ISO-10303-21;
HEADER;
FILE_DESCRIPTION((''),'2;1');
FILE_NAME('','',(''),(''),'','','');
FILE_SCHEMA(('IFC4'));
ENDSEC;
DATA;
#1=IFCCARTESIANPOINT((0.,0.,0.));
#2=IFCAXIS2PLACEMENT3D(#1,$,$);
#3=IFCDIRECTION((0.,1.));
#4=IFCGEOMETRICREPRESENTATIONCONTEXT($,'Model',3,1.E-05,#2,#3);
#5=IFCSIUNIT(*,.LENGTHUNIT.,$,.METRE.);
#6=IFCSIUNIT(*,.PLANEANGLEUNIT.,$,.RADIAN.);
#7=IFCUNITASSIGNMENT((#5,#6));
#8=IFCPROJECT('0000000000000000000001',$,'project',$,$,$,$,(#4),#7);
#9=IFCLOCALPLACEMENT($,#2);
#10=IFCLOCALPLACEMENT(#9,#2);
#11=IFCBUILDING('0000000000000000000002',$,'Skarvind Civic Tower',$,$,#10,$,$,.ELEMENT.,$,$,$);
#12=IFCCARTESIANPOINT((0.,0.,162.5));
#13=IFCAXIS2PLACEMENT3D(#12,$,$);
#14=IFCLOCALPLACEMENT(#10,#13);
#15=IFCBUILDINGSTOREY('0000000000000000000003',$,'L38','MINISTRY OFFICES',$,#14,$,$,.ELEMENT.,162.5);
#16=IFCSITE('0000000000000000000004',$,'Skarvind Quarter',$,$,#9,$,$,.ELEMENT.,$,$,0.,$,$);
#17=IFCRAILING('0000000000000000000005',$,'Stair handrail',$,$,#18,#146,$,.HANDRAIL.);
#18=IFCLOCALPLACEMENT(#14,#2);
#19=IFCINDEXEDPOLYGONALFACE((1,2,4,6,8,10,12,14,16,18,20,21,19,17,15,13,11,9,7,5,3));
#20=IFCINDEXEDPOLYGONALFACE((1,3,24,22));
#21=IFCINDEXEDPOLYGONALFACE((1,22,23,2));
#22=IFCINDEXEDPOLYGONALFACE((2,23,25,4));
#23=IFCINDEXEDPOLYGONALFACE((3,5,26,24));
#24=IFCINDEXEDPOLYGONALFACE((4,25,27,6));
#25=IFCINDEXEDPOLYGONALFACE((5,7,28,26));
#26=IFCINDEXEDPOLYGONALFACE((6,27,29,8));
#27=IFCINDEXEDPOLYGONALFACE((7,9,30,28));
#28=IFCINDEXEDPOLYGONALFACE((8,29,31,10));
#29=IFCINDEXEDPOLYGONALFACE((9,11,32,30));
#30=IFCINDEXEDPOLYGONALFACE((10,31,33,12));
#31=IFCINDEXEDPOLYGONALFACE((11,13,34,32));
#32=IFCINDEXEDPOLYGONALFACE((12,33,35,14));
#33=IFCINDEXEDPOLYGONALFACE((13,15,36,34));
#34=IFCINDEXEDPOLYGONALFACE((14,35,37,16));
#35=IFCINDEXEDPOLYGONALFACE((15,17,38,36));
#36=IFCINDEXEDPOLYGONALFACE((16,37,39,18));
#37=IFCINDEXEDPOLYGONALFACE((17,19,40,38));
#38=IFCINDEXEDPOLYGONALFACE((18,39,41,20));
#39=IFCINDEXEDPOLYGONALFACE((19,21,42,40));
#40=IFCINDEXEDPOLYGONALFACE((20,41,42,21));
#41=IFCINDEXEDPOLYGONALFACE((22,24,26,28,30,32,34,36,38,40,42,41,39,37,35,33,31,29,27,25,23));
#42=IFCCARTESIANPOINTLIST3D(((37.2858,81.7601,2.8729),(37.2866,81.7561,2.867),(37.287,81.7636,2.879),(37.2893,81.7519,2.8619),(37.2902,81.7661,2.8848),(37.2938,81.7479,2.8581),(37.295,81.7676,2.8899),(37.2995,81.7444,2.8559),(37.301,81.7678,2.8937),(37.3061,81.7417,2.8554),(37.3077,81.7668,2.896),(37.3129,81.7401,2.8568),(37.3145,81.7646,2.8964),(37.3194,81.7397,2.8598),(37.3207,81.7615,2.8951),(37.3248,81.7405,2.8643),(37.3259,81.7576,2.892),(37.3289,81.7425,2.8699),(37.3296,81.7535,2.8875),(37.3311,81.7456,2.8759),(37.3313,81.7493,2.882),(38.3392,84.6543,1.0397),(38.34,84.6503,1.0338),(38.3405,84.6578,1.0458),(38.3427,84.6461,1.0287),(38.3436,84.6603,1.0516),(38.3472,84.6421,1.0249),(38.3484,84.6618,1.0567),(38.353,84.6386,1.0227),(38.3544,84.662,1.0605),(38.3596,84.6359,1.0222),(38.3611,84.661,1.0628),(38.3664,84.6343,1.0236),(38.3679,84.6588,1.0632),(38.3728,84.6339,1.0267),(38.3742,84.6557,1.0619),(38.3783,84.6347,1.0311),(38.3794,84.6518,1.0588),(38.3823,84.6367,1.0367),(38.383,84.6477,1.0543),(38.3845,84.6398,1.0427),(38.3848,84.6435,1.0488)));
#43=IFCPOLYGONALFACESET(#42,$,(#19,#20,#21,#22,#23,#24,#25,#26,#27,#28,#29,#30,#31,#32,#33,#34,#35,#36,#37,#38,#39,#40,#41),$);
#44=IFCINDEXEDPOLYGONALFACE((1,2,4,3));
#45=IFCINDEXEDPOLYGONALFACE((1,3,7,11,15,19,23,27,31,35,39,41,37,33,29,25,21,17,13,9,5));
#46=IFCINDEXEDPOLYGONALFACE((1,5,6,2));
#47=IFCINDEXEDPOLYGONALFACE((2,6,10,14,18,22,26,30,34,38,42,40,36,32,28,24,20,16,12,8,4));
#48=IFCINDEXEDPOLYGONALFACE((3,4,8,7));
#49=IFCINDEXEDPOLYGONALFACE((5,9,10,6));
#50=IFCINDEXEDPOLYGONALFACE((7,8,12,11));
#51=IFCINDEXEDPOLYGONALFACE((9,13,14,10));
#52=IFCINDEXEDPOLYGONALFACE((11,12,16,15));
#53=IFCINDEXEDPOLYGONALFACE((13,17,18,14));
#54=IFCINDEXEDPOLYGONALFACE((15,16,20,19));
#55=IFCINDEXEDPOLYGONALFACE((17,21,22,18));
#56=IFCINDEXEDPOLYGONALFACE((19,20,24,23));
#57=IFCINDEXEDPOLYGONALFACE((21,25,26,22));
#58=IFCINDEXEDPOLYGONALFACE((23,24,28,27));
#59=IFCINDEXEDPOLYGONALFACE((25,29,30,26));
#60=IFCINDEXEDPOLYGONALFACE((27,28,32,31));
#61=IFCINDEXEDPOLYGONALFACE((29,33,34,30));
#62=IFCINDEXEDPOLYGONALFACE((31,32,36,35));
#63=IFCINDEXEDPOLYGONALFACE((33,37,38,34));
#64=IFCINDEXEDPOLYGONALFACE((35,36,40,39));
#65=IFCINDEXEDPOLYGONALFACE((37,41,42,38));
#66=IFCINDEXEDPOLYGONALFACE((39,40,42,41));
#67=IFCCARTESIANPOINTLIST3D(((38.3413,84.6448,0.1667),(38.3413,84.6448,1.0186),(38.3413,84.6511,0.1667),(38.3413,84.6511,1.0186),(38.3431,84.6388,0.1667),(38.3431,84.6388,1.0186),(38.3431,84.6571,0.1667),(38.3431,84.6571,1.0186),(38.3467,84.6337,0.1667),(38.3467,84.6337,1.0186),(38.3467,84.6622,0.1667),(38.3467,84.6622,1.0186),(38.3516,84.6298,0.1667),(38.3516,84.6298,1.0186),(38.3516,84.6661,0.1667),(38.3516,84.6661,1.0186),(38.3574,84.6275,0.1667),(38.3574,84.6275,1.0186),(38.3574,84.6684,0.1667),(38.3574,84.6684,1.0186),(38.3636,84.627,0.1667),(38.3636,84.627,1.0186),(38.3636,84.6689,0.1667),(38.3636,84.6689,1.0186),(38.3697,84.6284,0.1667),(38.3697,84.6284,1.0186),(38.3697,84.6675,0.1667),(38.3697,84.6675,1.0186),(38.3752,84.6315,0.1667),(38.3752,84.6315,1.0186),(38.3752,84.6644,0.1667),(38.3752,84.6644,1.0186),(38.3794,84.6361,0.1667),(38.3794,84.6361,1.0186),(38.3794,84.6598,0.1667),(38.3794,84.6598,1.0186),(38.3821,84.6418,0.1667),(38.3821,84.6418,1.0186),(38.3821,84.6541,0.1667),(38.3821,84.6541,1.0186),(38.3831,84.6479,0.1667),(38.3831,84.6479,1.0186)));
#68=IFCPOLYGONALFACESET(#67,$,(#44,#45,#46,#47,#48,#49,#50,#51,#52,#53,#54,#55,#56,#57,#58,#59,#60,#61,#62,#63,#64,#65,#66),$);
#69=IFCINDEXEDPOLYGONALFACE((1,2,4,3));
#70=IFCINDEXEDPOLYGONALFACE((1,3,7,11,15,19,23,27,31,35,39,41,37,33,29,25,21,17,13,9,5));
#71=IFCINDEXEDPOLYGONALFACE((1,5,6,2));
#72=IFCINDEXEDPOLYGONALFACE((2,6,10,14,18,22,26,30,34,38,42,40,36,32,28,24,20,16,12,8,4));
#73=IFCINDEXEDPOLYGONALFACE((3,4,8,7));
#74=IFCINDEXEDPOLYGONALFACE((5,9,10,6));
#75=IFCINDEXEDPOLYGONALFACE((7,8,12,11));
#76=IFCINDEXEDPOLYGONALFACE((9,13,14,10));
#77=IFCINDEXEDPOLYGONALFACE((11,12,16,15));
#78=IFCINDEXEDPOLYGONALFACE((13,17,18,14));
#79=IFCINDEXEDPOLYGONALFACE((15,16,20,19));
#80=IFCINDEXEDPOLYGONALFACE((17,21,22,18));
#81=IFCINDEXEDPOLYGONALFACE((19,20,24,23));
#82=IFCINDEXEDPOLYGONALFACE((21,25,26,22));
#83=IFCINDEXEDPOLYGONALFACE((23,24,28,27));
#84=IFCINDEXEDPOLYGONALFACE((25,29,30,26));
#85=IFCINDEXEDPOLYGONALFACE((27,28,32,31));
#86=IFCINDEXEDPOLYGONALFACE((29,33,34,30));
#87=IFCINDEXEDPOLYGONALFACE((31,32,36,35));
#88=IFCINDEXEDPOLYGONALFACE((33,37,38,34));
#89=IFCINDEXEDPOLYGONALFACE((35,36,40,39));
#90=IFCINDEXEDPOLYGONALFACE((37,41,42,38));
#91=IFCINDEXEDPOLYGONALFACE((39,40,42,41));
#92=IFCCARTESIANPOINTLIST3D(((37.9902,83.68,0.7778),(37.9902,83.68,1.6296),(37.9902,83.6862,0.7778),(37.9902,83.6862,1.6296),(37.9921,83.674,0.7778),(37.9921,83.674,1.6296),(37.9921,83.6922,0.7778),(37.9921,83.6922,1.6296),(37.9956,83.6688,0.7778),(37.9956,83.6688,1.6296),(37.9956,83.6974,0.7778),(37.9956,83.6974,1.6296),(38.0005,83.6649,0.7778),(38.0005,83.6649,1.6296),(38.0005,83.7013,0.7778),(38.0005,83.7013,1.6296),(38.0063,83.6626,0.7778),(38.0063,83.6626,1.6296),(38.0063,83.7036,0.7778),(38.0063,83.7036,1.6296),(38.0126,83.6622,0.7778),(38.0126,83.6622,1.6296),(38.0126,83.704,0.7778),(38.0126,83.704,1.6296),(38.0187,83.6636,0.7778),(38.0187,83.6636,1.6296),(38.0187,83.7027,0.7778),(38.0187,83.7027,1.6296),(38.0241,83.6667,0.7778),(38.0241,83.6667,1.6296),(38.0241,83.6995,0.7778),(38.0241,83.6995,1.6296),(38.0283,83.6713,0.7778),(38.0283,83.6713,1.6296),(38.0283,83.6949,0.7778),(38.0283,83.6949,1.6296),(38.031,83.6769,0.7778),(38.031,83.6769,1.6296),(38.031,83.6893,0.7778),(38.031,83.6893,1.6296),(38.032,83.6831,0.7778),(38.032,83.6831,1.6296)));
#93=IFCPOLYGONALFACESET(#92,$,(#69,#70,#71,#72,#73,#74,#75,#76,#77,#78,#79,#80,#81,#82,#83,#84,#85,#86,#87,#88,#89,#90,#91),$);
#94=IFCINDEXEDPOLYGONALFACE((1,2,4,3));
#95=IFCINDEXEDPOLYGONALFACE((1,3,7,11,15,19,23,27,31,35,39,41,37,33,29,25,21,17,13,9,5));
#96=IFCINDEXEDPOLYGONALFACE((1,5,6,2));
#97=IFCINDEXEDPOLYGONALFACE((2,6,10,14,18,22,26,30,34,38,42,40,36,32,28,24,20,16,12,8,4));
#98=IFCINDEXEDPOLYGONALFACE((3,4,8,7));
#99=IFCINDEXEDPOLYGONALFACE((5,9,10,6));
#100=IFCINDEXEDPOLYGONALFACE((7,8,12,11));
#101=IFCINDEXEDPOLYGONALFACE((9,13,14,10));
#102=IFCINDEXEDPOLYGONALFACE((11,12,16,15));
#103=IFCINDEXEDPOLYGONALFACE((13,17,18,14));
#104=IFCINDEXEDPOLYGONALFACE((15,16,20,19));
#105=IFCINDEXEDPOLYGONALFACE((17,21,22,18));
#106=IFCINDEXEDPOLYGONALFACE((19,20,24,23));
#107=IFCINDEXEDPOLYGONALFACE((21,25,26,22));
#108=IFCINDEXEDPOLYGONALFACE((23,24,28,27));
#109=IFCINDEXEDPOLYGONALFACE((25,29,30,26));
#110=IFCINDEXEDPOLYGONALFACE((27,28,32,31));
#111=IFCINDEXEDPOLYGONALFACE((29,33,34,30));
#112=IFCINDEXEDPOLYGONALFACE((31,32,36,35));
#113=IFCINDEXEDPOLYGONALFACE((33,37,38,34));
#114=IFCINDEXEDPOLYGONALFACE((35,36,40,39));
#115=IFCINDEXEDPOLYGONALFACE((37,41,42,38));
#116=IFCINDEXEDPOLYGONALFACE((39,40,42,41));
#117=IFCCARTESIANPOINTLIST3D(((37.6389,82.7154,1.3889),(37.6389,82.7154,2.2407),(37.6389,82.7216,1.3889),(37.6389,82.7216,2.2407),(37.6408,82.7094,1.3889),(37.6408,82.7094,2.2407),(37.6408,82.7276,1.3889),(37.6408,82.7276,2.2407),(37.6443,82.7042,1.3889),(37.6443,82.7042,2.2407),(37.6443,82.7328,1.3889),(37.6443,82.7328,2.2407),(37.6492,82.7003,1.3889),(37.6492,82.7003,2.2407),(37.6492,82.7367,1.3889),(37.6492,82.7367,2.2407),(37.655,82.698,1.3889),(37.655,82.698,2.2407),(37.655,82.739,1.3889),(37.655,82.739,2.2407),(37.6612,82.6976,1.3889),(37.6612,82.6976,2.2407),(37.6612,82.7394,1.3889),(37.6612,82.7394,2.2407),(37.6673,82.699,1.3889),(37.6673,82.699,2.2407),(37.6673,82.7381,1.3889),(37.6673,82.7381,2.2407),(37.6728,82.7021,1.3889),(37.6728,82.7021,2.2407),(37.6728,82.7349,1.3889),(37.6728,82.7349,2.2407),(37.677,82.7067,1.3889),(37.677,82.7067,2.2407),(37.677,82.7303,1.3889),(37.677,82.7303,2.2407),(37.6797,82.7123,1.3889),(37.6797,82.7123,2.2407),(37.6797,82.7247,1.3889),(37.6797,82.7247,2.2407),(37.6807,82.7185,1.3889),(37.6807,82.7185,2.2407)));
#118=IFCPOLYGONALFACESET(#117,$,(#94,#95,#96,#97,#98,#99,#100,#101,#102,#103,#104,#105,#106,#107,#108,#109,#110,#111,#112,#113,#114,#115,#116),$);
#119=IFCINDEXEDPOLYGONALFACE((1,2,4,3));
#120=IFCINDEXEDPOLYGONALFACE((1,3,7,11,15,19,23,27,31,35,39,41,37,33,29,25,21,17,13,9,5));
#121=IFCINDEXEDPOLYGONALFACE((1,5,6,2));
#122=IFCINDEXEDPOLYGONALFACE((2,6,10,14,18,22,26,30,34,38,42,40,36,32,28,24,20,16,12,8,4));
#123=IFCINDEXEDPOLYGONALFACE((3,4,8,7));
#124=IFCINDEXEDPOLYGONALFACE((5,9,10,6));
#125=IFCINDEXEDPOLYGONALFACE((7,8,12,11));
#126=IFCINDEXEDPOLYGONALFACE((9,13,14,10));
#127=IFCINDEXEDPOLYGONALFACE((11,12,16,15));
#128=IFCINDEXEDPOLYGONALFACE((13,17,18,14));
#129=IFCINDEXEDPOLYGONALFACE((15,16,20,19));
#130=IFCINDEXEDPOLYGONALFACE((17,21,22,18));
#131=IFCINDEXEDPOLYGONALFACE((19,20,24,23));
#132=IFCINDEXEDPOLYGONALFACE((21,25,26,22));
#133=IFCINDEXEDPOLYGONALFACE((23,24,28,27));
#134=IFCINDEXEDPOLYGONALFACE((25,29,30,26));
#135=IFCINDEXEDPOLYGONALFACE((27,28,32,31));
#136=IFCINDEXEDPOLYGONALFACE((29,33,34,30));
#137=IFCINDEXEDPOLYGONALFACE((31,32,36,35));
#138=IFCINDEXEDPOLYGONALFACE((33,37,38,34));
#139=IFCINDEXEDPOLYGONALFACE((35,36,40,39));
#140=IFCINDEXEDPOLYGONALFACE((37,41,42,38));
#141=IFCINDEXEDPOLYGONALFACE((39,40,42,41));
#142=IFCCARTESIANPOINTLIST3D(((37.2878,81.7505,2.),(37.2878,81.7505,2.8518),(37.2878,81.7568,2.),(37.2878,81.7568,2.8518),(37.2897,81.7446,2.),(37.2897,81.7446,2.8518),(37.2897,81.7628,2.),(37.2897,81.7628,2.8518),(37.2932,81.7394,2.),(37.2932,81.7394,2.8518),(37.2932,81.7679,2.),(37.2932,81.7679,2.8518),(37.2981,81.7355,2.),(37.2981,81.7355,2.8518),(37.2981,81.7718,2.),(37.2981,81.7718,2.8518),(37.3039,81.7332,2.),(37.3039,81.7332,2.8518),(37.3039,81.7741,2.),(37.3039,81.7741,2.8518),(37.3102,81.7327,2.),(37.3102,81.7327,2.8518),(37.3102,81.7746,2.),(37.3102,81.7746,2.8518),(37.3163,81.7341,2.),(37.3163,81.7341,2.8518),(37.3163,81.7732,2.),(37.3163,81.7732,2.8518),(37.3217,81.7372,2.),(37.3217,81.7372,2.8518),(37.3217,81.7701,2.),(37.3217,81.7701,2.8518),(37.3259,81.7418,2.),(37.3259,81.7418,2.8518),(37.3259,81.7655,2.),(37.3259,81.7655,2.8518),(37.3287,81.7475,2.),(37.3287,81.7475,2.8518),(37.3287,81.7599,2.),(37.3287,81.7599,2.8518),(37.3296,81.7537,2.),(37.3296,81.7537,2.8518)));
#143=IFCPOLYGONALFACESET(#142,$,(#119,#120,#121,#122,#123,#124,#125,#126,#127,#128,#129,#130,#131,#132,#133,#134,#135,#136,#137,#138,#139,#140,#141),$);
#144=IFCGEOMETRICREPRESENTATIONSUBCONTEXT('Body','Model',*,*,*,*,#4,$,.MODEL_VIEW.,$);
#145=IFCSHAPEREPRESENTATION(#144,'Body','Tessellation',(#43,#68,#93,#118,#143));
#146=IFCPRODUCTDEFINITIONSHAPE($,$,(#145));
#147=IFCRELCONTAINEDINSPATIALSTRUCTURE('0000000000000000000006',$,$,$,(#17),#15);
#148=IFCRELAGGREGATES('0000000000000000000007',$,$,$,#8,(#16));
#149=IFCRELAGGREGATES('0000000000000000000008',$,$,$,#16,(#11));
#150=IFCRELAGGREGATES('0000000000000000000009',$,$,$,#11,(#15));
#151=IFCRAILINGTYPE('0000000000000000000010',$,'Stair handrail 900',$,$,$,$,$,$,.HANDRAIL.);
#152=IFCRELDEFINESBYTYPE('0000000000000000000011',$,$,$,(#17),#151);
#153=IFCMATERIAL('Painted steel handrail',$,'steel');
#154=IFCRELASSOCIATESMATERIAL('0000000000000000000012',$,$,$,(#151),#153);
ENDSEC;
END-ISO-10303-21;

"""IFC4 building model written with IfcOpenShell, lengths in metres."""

from ifc_helpers import new_model, si_unit, direction, frame, origin, origin_2d, place, context, subcontext, project, spatial, circle, extrude, material, type_object, element, save


model = new_model("IFC4")

# Units and contexts
model_context = context("Model", 3, precision=1e-05, world=origin(), true_north=direction((0.0, 1.0)))
body_context = subcontext(model_context, "Body", "Model", "MODEL_VIEW")
ifc_project = project(units=[si_unit("LENGTHUNIT", "METRE"), si_unit("PLANEANGLEUNIT", "RADIAN")], contexts=[model_context])

# Site, building, storey
site_placement = place(None, origin())
site = spatial("IfcSite", under=ifc_project, at=site_placement, Name="Skarvind Quarter", CompositionType="ELEMENT", RefElevation=0.0)
building_placement = place(site_placement, origin())
building = spatial("IfcBuilding", under=site, at=building_placement, Name="Skarvind Civic Tower", CompositionType="ELEMENT")
storey_placement = place(building_placement, frame((0.0, 0.0, 162.5)))
storey = spatial("IfcBuildingStorey", under=building, at=storey_placement, Name="L38", Description="MINISTRY OFFICES", CompositionType="ELEMENT", Elevation=162.5)

# Railing
ifc_material_1 = material(Name="Painted steel handrail", Category="steel")
railing_type = type_object("IfcRailingType", Name="Stair handrail 900", PredefinedType="HANDRAIL", material=ifc_material_1)
railing_placement = place(storey_placement, frame((38.3621, 84.6479, 0.1667)))
element("IfcRailing", 1, at=railing_placement, inside=storey, type_object=railing_type, Name="Stair handrail", PredefinedType="HANDRAIL", context=body_context, shape_type="SweptSolid", body=[
    extrude(circle(Radius=0.0239, at=origin_2d()), frame((0.0, 0.0, 0.876), z_axis=(-0.293908, -0.807481, 0.511461), x_axis=(0.939689, -0.342029, 0.0)), (0.0, 0.0, 1.0), 3.5842),
    extrude(circle(Radius=0.021, at=origin_2d()), origin(), (0.0, 0.0, 1.0), 0.8518),
    extrude(circle(Radius=0.021, at=origin_2d()), frame((-0.3511, -0.9648, 0.6111)), (0.0, 0.0, 1.0), 0.8518),
    extrude(circle(Radius=0.021, at=origin_2d()), frame((-0.7024, -1.9294, 1.2222)), (0.0, 0.0, 1.0), 0.8518),
    extrude(circle(Radius=0.021, at=origin_2d()), frame((-1.0535, -2.8943, 1.8333)), (0.0, 0.0, 1.0), 0.8518),
])

save(model, "model.ifc")
